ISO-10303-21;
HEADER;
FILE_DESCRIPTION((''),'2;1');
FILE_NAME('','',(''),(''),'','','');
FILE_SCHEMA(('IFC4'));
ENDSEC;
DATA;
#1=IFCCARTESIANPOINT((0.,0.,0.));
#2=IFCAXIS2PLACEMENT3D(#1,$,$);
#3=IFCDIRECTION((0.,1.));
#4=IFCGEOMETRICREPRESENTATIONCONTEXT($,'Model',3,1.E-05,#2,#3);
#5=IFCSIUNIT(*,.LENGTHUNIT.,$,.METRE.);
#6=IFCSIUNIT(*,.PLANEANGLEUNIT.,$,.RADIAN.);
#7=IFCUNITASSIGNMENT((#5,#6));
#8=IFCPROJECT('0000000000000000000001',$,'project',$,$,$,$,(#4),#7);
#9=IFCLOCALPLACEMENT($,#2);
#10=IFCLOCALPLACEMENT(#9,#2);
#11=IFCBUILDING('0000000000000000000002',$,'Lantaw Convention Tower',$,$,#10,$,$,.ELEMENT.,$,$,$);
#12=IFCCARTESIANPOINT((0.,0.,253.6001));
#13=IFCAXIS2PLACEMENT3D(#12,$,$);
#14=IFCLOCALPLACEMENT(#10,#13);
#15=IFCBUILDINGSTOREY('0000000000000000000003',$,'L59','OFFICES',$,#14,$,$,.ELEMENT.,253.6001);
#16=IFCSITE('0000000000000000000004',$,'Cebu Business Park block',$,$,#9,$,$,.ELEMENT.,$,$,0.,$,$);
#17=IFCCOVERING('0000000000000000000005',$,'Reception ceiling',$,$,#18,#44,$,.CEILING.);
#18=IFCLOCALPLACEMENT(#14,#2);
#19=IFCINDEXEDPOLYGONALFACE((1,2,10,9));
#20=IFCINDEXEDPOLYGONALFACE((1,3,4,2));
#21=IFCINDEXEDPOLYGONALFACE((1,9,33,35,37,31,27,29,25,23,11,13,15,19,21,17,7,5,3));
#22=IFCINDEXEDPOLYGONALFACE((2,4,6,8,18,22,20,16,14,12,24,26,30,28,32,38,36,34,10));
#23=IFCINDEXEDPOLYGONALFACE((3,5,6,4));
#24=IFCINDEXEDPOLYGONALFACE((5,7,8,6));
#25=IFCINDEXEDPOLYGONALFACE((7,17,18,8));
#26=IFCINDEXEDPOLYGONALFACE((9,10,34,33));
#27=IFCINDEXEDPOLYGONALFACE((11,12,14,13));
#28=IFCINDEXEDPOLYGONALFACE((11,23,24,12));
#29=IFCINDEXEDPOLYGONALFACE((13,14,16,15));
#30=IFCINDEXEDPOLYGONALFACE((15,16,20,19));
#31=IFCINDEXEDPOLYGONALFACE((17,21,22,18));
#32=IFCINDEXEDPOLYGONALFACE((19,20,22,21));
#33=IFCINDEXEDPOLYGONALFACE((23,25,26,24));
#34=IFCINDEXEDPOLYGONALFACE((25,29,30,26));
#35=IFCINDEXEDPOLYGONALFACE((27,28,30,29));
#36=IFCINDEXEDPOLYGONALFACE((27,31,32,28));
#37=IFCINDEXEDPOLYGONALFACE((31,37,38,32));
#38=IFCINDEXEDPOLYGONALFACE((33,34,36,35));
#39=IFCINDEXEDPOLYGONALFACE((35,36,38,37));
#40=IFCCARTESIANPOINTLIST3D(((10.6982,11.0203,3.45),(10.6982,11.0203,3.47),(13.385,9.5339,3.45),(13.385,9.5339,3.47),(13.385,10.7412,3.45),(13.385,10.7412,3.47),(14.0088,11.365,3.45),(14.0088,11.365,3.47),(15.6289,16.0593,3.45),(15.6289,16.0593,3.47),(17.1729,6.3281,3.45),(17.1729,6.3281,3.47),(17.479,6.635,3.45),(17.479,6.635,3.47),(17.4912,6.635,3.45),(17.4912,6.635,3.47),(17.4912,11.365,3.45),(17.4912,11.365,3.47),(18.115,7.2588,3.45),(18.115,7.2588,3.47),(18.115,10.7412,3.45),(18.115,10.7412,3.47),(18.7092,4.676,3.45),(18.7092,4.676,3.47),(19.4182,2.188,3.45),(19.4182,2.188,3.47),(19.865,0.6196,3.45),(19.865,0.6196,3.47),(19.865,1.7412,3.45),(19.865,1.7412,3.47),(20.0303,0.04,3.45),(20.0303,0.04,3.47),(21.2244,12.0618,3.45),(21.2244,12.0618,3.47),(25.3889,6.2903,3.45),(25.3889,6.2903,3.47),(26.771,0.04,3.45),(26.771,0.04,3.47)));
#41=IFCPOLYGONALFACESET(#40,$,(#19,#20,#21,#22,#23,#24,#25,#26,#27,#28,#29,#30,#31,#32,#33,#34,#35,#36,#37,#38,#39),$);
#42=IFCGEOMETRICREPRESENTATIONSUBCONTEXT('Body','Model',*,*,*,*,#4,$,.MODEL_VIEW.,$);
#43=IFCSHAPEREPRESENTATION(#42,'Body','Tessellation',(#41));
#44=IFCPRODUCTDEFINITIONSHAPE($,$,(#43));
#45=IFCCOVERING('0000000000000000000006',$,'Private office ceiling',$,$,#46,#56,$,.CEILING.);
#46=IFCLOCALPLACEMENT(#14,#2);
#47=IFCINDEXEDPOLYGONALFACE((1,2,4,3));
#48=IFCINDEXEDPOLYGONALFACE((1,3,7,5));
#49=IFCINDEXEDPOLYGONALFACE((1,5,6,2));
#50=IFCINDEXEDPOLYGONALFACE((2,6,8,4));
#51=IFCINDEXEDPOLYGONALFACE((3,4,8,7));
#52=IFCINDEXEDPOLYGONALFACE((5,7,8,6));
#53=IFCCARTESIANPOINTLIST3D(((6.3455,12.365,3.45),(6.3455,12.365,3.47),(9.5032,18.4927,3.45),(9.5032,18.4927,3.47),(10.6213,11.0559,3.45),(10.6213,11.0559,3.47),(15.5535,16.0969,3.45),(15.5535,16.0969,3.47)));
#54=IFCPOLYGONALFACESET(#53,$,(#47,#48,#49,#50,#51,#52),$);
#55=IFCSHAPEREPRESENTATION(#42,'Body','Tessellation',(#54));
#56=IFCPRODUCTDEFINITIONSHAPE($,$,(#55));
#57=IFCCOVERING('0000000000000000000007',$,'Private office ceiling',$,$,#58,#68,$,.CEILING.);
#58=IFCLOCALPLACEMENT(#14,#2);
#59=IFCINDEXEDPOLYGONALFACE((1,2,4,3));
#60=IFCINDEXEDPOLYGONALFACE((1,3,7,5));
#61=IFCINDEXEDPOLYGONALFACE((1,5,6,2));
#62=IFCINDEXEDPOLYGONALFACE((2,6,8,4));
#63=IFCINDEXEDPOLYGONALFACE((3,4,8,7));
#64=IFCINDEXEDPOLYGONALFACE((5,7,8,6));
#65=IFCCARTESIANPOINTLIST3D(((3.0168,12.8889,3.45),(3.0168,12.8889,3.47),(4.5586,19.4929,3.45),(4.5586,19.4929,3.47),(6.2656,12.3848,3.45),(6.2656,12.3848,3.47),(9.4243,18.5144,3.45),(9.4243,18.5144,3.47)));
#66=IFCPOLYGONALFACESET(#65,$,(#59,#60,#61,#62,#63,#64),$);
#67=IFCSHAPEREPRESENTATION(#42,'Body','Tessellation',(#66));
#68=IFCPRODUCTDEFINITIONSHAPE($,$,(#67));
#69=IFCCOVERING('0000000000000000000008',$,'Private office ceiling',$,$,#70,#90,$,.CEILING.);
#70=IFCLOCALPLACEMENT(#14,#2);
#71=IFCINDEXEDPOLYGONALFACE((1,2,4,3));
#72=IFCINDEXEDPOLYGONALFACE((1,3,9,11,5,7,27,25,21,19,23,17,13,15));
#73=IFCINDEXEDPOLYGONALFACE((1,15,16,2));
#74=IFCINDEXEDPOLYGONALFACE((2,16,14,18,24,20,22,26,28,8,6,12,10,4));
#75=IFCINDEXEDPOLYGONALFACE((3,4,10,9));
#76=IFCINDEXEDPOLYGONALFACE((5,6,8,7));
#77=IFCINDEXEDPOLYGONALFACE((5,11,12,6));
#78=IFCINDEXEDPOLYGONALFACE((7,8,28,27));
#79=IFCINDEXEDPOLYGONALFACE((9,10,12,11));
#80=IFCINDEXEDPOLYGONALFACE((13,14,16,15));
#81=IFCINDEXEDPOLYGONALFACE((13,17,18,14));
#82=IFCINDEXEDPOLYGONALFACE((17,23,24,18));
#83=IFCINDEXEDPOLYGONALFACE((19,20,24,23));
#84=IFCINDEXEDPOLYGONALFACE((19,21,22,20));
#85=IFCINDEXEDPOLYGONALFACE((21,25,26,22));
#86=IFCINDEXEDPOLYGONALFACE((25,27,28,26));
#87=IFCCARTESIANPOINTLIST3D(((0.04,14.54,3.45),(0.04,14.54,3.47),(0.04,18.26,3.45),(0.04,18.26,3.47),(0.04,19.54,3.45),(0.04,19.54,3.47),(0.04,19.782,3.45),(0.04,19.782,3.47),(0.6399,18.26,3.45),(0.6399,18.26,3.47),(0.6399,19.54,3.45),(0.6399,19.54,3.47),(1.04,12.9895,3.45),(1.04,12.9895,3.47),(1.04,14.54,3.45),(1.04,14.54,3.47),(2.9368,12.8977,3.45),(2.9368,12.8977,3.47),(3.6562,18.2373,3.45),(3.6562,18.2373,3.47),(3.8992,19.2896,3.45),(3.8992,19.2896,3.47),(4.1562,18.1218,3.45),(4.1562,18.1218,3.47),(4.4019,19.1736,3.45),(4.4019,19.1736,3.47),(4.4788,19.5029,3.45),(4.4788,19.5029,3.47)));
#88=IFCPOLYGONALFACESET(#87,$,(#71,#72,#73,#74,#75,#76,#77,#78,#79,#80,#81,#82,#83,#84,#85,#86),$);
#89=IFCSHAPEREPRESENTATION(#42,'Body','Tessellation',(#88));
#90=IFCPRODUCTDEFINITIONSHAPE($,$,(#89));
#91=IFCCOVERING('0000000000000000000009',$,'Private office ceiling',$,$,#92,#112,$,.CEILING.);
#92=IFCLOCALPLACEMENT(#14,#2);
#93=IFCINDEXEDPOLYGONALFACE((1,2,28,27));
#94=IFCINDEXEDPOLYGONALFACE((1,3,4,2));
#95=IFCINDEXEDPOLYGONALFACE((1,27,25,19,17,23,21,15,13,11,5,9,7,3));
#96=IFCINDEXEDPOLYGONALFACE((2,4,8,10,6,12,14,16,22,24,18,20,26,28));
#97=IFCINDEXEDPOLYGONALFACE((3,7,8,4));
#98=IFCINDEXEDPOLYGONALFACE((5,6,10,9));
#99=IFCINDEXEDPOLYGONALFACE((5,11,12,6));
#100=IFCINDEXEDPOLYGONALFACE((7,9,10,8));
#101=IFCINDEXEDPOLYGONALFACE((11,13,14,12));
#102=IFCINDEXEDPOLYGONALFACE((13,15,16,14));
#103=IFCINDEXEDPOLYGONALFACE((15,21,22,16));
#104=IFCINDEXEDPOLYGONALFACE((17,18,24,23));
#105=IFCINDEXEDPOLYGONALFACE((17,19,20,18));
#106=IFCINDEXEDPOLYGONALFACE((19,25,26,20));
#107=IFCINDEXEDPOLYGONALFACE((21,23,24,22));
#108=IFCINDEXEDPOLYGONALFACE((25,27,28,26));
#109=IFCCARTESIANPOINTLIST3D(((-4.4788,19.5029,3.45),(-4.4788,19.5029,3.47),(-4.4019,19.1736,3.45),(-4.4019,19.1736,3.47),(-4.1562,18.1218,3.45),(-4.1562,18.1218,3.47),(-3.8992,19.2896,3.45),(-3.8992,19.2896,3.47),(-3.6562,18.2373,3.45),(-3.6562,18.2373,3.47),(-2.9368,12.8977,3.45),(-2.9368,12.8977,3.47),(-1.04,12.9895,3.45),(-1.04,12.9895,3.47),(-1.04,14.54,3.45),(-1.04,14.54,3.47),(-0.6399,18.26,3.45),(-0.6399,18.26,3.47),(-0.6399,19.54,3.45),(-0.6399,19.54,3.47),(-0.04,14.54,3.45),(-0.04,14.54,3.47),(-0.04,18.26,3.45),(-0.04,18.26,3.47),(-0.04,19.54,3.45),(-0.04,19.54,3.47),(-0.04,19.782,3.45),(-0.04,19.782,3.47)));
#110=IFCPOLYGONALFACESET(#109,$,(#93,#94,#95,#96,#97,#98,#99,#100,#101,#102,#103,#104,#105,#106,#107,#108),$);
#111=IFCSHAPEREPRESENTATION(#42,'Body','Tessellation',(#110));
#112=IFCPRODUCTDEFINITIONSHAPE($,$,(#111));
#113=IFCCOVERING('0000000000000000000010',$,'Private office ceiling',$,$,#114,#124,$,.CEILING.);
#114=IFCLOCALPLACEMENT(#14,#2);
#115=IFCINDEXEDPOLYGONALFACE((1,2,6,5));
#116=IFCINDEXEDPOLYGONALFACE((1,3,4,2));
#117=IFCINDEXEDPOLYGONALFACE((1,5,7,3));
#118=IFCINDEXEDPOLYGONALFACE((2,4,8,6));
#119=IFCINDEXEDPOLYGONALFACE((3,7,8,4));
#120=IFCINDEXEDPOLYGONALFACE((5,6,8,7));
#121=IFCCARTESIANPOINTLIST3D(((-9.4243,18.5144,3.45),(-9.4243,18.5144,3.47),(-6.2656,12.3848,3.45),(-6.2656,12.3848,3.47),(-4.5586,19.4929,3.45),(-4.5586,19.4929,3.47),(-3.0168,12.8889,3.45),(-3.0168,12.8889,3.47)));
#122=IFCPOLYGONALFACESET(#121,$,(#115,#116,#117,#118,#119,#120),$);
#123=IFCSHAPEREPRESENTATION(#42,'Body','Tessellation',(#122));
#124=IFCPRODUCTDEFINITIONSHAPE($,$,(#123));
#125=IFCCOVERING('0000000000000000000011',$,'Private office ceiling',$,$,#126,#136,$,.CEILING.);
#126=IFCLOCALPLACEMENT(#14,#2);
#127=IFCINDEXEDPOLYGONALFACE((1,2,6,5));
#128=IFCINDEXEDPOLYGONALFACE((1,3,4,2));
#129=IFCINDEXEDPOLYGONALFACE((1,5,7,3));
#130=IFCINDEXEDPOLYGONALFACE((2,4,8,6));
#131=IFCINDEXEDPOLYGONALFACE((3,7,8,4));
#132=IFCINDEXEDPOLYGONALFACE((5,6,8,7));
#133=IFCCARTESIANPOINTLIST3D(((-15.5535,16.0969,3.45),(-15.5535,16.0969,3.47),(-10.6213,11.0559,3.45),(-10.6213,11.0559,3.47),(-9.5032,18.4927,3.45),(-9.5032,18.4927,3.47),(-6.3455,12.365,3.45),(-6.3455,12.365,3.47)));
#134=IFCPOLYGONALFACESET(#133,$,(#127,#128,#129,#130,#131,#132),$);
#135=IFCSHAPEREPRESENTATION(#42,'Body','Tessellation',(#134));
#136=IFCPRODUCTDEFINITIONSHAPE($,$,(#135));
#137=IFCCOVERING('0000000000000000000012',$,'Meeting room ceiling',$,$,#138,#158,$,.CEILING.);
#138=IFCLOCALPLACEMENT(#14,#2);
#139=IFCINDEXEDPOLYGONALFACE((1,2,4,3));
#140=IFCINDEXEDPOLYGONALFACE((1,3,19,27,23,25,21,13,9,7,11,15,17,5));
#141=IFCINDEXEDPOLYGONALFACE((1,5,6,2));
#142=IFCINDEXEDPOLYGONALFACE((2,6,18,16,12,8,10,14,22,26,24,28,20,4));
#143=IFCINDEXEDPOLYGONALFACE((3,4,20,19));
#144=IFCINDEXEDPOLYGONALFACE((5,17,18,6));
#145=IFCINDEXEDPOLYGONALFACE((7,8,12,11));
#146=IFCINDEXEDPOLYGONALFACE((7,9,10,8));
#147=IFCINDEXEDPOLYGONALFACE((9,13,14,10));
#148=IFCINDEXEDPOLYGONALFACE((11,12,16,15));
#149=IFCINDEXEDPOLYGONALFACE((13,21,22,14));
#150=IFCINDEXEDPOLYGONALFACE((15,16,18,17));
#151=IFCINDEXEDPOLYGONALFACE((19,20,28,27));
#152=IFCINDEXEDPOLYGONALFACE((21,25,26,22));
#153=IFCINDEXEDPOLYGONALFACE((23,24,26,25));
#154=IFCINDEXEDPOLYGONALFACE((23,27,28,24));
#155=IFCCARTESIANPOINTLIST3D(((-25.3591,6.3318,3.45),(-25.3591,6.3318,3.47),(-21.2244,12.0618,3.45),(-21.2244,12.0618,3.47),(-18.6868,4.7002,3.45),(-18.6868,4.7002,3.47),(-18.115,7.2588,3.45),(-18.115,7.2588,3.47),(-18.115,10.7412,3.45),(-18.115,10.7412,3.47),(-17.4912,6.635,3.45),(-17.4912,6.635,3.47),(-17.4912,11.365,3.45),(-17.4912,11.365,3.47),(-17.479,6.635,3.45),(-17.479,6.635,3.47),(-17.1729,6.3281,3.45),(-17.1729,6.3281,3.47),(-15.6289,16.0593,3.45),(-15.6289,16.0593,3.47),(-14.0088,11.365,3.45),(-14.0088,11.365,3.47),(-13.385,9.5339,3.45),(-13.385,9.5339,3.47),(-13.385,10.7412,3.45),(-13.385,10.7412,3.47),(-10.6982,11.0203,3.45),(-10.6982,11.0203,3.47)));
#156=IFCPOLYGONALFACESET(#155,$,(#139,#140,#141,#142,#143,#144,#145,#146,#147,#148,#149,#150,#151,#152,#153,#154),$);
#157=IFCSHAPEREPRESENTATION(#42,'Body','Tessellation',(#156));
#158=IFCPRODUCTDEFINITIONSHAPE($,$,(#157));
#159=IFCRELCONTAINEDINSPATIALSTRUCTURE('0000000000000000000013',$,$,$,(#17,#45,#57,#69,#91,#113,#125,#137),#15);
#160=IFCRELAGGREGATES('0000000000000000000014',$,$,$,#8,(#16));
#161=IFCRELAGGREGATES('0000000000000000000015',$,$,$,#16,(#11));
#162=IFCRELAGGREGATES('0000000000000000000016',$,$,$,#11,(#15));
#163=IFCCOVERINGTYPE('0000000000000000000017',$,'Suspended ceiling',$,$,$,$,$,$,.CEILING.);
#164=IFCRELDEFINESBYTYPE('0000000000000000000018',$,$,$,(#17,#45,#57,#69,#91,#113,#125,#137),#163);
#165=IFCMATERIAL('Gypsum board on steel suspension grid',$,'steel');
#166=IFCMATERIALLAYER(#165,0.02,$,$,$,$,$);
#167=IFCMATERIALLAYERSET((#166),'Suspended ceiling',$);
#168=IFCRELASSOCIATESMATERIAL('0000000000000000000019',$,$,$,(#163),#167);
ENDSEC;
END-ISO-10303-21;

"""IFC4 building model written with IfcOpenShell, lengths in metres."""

from ifc_helpers import new_model, si_unit, direction, frame, origin, place, context, subcontext, project, spatial, polyline, outline, extrude, material, layer, layer_set, type_object, element, save


model = new_model("IFC4")

# Units and contexts
model_context = context("Model", 3, precision=1e-05, world=origin(), true_north=direction((0.0, 1.0)))
body_context = subcontext(model_context, "Body", "Model", "MODEL_VIEW")
ifc_project = project(units=[si_unit("LENGTHUNIT", "METRE"), si_unit("PLANEANGLEUNIT", "RADIAN")], contexts=[model_context])

# Site, building, storey
site_placement = place(None, origin())
site = spatial("IfcSite", under=ifc_project, at=site_placement, Name="Cebu Business Park block", CompositionType="ELEMENT", RefElevation=0.0)
building_placement = place(site_placement, origin())
building = spatial("IfcBuilding", under=site, at=building_placement, Name="Lantaw Convention Tower", CompositionType="ELEMENT")
storey_placement = place(building_placement, frame((0.0, 0.0, 253.6001)))
storey = spatial("IfcBuildingStorey", under=building, at=storey_placement, Name="L59", Description="OFFICES", CompositionType="ELEMENT", Elevation=253.6001)

# Coverings
ifc_material_1 = material(Name="Gypsum board on steel suspension grid", Category="steel")
ifc_layer_1 = layer(ifc_material_1, 0.02)
ifc_layer_set_1 = layer_set([ifc_layer_1], Name="Suspended ceiling")
covering_type = type_object("IfcCoveringType", Name="Suspended ceiling", PredefinedType="CEILING", material=ifc_layer_set_1)
covering_1_placement = place(storey_placement, frame((0.0, 0.0, 3.45)))
element("IfcCovering", 1, at=covering_1_placement, inside=storey, type_object=covering_type, Name="Reception ceiling", PredefinedType="CEILING", context=body_context, shape_type="SweptSolid", body=[
    extrude(outline(polyline([(17.1729, 6.3281), (18.7092, 4.676), (19.4182, 2.188), (19.865, 1.7412), (19.865, 0.6196), (20.0303, 0.04), (26.771, 0.04), (25.3889, 6.2903), (21.2244, 12.0618), (15.6289, 16.0593), (10.6982, 11.0203), (13.385, 9.5339), (13.385, 10.7412), (14.0088, 11.365), (17.4912, 11.365), (18.115, 10.7412), (18.115, 7.2588), (17.4912, 6.635), (17.479, 6.635), (17.1729, 6.3281)])), origin(), (0.0, 0.0, 1.0), 0.02),
])
covering_2_placement = place(storey_placement, frame((0.0, 0.0, 3.45)))
element("IfcCovering", 2, at=covering_2_placement, inside=storey, type_object=covering_type, Name="Private office ceiling", PredefinedType="CEILING", context=body_context, shape_type="SweptSolid", body=[
    extrude(outline(polyline([(10.6213, 11.0559), (15.5535, 16.0969), (9.5032, 18.4927), (6.3455, 12.365), (10.6213, 11.0559)])), origin(), (0.0, 0.0, 1.0), 0.02),
])
covering_3_placement = place(storey_placement, frame((0.0, 0.0, 3.45)))
element("IfcCovering", 3, at=covering_3_placement, inside=storey, type_object=covering_type, Name="Private office ceiling", PredefinedType="CEILING", context=body_context, shape_type="SweptSolid", body=[
    extrude(outline(polyline([(6.2656, 12.3848), (9.4243, 18.5144), (4.5586, 19.4929), (3.0168, 12.8889), (6.2656, 12.3848)])), origin(), (0.0, 0.0, 1.0), 0.02),
])
covering_4_placement = place(storey_placement, frame((0.0, 0.0, 3.45)))
element("IfcCovering", 4, at=covering_4_placement, inside=storey, type_object=covering_type, Name="Private office ceiling", PredefinedType="CEILING", context=body_context, shape_type="SweptSolid", body=[
    extrude(outline(polyline([(1.04, 12.9895), (2.9368, 12.8977), (4.1562, 18.1218), (3.6562, 18.2373), (3.8992, 19.2896), (4.4019, 19.1736), (4.4788, 19.5029), (0.04, 19.782), (0.04, 19.54), (0.6399, 19.54), (0.6399, 18.26), (0.04, 18.26), (0.04, 14.54), (1.04, 14.54), (1.04, 12.9895)])), origin(), (0.0, 0.0, 1.0), 0.02),
])
covering_5_placement = place(storey_placement, frame((0.0, 0.0, 3.45)))
element("IfcCovering", 5, at=covering_5_placement, inside=storey, type_object=covering_type, Name="Private office ceiling", PredefinedType="CEILING", context=body_context, shape_type="SweptSolid", body=[
    extrude(outline(polyline([(-2.9368, 12.8977), (-1.04, 12.9895), (-1.04, 14.54), (-0.04, 14.54), (-0.04, 18.26), (-0.6399, 18.26), (-0.6399, 19.54), (-0.04, 19.54), (-0.04, 19.782), (-4.4788, 19.5029), (-4.4019, 19.1736), (-3.8992, 19.2896), (-3.6562, 18.2373), (-4.1562, 18.1218), (-2.9368, 12.8977)])), origin(), (0.0, 0.0, 1.0), 0.02),
])
covering_6_placement = place(storey_placement, frame((0.0, 0.0, 3.45)))
element("IfcCovering", 6, at=covering_6_placement, inside=storey, type_object=covering_type, Name="Private office ceiling", PredefinedType="CEILING", context=body_context, shape_type="SweptSolid", body=[
    extrude(outline(polyline([(-3.0168, 12.8889), (-4.5586, 19.4929), (-9.4243, 18.5144), (-6.2656, 12.3848), (-3.0168, 12.8889)])), origin(), (0.0, 0.0, 1.0), 0.02),
])
covering_7_placement = place(storey_placement, frame((0.0, 0.0, 3.45)))
element("IfcCovering", 7, at=covering_7_placement, inside=storey, type_object=covering_type, Name="Private office ceiling", PredefinedType="CEILING", context=body_context, shape_type="SweptSolid", body=[
    extrude(outline(polyline([(-6.3455, 12.365), (-9.5032, 18.4927), (-15.5535, 16.0969), (-10.6213, 11.0559), (-6.3455, 12.365)])), origin(), (0.0, 0.0, 1.0), 0.02),
])
covering_8_placement = place(storey_placement, frame((0.0, 0.0, 3.45)))
element("IfcCovering", 8, at=covering_8_placement, inside=storey, type_object=covering_type, Name="Meeting room ceiling", PredefinedType="CEILING", context=body_context, shape_type="SweptSolid", body=[
    extrude(outline(polyline([(-17.479, 6.635), (-17.4912, 6.635), (-18.115, 7.2588), (-18.115, 10.7412), (-17.4912, 11.365), (-14.0088, 11.365), (-13.385, 10.7412), (-13.385, 9.5339), (-10.6982, 11.0203), (-15.6289, 16.0593), (-21.2244, 12.0618), (-25.3591, 6.3318), (-18.6868, 4.7002), (-17.1729, 6.3281), (-17.479, 6.635)])), origin(), (0.0, 0.0, 1.0), 0.02),
])

save(model, "model.ifc")
